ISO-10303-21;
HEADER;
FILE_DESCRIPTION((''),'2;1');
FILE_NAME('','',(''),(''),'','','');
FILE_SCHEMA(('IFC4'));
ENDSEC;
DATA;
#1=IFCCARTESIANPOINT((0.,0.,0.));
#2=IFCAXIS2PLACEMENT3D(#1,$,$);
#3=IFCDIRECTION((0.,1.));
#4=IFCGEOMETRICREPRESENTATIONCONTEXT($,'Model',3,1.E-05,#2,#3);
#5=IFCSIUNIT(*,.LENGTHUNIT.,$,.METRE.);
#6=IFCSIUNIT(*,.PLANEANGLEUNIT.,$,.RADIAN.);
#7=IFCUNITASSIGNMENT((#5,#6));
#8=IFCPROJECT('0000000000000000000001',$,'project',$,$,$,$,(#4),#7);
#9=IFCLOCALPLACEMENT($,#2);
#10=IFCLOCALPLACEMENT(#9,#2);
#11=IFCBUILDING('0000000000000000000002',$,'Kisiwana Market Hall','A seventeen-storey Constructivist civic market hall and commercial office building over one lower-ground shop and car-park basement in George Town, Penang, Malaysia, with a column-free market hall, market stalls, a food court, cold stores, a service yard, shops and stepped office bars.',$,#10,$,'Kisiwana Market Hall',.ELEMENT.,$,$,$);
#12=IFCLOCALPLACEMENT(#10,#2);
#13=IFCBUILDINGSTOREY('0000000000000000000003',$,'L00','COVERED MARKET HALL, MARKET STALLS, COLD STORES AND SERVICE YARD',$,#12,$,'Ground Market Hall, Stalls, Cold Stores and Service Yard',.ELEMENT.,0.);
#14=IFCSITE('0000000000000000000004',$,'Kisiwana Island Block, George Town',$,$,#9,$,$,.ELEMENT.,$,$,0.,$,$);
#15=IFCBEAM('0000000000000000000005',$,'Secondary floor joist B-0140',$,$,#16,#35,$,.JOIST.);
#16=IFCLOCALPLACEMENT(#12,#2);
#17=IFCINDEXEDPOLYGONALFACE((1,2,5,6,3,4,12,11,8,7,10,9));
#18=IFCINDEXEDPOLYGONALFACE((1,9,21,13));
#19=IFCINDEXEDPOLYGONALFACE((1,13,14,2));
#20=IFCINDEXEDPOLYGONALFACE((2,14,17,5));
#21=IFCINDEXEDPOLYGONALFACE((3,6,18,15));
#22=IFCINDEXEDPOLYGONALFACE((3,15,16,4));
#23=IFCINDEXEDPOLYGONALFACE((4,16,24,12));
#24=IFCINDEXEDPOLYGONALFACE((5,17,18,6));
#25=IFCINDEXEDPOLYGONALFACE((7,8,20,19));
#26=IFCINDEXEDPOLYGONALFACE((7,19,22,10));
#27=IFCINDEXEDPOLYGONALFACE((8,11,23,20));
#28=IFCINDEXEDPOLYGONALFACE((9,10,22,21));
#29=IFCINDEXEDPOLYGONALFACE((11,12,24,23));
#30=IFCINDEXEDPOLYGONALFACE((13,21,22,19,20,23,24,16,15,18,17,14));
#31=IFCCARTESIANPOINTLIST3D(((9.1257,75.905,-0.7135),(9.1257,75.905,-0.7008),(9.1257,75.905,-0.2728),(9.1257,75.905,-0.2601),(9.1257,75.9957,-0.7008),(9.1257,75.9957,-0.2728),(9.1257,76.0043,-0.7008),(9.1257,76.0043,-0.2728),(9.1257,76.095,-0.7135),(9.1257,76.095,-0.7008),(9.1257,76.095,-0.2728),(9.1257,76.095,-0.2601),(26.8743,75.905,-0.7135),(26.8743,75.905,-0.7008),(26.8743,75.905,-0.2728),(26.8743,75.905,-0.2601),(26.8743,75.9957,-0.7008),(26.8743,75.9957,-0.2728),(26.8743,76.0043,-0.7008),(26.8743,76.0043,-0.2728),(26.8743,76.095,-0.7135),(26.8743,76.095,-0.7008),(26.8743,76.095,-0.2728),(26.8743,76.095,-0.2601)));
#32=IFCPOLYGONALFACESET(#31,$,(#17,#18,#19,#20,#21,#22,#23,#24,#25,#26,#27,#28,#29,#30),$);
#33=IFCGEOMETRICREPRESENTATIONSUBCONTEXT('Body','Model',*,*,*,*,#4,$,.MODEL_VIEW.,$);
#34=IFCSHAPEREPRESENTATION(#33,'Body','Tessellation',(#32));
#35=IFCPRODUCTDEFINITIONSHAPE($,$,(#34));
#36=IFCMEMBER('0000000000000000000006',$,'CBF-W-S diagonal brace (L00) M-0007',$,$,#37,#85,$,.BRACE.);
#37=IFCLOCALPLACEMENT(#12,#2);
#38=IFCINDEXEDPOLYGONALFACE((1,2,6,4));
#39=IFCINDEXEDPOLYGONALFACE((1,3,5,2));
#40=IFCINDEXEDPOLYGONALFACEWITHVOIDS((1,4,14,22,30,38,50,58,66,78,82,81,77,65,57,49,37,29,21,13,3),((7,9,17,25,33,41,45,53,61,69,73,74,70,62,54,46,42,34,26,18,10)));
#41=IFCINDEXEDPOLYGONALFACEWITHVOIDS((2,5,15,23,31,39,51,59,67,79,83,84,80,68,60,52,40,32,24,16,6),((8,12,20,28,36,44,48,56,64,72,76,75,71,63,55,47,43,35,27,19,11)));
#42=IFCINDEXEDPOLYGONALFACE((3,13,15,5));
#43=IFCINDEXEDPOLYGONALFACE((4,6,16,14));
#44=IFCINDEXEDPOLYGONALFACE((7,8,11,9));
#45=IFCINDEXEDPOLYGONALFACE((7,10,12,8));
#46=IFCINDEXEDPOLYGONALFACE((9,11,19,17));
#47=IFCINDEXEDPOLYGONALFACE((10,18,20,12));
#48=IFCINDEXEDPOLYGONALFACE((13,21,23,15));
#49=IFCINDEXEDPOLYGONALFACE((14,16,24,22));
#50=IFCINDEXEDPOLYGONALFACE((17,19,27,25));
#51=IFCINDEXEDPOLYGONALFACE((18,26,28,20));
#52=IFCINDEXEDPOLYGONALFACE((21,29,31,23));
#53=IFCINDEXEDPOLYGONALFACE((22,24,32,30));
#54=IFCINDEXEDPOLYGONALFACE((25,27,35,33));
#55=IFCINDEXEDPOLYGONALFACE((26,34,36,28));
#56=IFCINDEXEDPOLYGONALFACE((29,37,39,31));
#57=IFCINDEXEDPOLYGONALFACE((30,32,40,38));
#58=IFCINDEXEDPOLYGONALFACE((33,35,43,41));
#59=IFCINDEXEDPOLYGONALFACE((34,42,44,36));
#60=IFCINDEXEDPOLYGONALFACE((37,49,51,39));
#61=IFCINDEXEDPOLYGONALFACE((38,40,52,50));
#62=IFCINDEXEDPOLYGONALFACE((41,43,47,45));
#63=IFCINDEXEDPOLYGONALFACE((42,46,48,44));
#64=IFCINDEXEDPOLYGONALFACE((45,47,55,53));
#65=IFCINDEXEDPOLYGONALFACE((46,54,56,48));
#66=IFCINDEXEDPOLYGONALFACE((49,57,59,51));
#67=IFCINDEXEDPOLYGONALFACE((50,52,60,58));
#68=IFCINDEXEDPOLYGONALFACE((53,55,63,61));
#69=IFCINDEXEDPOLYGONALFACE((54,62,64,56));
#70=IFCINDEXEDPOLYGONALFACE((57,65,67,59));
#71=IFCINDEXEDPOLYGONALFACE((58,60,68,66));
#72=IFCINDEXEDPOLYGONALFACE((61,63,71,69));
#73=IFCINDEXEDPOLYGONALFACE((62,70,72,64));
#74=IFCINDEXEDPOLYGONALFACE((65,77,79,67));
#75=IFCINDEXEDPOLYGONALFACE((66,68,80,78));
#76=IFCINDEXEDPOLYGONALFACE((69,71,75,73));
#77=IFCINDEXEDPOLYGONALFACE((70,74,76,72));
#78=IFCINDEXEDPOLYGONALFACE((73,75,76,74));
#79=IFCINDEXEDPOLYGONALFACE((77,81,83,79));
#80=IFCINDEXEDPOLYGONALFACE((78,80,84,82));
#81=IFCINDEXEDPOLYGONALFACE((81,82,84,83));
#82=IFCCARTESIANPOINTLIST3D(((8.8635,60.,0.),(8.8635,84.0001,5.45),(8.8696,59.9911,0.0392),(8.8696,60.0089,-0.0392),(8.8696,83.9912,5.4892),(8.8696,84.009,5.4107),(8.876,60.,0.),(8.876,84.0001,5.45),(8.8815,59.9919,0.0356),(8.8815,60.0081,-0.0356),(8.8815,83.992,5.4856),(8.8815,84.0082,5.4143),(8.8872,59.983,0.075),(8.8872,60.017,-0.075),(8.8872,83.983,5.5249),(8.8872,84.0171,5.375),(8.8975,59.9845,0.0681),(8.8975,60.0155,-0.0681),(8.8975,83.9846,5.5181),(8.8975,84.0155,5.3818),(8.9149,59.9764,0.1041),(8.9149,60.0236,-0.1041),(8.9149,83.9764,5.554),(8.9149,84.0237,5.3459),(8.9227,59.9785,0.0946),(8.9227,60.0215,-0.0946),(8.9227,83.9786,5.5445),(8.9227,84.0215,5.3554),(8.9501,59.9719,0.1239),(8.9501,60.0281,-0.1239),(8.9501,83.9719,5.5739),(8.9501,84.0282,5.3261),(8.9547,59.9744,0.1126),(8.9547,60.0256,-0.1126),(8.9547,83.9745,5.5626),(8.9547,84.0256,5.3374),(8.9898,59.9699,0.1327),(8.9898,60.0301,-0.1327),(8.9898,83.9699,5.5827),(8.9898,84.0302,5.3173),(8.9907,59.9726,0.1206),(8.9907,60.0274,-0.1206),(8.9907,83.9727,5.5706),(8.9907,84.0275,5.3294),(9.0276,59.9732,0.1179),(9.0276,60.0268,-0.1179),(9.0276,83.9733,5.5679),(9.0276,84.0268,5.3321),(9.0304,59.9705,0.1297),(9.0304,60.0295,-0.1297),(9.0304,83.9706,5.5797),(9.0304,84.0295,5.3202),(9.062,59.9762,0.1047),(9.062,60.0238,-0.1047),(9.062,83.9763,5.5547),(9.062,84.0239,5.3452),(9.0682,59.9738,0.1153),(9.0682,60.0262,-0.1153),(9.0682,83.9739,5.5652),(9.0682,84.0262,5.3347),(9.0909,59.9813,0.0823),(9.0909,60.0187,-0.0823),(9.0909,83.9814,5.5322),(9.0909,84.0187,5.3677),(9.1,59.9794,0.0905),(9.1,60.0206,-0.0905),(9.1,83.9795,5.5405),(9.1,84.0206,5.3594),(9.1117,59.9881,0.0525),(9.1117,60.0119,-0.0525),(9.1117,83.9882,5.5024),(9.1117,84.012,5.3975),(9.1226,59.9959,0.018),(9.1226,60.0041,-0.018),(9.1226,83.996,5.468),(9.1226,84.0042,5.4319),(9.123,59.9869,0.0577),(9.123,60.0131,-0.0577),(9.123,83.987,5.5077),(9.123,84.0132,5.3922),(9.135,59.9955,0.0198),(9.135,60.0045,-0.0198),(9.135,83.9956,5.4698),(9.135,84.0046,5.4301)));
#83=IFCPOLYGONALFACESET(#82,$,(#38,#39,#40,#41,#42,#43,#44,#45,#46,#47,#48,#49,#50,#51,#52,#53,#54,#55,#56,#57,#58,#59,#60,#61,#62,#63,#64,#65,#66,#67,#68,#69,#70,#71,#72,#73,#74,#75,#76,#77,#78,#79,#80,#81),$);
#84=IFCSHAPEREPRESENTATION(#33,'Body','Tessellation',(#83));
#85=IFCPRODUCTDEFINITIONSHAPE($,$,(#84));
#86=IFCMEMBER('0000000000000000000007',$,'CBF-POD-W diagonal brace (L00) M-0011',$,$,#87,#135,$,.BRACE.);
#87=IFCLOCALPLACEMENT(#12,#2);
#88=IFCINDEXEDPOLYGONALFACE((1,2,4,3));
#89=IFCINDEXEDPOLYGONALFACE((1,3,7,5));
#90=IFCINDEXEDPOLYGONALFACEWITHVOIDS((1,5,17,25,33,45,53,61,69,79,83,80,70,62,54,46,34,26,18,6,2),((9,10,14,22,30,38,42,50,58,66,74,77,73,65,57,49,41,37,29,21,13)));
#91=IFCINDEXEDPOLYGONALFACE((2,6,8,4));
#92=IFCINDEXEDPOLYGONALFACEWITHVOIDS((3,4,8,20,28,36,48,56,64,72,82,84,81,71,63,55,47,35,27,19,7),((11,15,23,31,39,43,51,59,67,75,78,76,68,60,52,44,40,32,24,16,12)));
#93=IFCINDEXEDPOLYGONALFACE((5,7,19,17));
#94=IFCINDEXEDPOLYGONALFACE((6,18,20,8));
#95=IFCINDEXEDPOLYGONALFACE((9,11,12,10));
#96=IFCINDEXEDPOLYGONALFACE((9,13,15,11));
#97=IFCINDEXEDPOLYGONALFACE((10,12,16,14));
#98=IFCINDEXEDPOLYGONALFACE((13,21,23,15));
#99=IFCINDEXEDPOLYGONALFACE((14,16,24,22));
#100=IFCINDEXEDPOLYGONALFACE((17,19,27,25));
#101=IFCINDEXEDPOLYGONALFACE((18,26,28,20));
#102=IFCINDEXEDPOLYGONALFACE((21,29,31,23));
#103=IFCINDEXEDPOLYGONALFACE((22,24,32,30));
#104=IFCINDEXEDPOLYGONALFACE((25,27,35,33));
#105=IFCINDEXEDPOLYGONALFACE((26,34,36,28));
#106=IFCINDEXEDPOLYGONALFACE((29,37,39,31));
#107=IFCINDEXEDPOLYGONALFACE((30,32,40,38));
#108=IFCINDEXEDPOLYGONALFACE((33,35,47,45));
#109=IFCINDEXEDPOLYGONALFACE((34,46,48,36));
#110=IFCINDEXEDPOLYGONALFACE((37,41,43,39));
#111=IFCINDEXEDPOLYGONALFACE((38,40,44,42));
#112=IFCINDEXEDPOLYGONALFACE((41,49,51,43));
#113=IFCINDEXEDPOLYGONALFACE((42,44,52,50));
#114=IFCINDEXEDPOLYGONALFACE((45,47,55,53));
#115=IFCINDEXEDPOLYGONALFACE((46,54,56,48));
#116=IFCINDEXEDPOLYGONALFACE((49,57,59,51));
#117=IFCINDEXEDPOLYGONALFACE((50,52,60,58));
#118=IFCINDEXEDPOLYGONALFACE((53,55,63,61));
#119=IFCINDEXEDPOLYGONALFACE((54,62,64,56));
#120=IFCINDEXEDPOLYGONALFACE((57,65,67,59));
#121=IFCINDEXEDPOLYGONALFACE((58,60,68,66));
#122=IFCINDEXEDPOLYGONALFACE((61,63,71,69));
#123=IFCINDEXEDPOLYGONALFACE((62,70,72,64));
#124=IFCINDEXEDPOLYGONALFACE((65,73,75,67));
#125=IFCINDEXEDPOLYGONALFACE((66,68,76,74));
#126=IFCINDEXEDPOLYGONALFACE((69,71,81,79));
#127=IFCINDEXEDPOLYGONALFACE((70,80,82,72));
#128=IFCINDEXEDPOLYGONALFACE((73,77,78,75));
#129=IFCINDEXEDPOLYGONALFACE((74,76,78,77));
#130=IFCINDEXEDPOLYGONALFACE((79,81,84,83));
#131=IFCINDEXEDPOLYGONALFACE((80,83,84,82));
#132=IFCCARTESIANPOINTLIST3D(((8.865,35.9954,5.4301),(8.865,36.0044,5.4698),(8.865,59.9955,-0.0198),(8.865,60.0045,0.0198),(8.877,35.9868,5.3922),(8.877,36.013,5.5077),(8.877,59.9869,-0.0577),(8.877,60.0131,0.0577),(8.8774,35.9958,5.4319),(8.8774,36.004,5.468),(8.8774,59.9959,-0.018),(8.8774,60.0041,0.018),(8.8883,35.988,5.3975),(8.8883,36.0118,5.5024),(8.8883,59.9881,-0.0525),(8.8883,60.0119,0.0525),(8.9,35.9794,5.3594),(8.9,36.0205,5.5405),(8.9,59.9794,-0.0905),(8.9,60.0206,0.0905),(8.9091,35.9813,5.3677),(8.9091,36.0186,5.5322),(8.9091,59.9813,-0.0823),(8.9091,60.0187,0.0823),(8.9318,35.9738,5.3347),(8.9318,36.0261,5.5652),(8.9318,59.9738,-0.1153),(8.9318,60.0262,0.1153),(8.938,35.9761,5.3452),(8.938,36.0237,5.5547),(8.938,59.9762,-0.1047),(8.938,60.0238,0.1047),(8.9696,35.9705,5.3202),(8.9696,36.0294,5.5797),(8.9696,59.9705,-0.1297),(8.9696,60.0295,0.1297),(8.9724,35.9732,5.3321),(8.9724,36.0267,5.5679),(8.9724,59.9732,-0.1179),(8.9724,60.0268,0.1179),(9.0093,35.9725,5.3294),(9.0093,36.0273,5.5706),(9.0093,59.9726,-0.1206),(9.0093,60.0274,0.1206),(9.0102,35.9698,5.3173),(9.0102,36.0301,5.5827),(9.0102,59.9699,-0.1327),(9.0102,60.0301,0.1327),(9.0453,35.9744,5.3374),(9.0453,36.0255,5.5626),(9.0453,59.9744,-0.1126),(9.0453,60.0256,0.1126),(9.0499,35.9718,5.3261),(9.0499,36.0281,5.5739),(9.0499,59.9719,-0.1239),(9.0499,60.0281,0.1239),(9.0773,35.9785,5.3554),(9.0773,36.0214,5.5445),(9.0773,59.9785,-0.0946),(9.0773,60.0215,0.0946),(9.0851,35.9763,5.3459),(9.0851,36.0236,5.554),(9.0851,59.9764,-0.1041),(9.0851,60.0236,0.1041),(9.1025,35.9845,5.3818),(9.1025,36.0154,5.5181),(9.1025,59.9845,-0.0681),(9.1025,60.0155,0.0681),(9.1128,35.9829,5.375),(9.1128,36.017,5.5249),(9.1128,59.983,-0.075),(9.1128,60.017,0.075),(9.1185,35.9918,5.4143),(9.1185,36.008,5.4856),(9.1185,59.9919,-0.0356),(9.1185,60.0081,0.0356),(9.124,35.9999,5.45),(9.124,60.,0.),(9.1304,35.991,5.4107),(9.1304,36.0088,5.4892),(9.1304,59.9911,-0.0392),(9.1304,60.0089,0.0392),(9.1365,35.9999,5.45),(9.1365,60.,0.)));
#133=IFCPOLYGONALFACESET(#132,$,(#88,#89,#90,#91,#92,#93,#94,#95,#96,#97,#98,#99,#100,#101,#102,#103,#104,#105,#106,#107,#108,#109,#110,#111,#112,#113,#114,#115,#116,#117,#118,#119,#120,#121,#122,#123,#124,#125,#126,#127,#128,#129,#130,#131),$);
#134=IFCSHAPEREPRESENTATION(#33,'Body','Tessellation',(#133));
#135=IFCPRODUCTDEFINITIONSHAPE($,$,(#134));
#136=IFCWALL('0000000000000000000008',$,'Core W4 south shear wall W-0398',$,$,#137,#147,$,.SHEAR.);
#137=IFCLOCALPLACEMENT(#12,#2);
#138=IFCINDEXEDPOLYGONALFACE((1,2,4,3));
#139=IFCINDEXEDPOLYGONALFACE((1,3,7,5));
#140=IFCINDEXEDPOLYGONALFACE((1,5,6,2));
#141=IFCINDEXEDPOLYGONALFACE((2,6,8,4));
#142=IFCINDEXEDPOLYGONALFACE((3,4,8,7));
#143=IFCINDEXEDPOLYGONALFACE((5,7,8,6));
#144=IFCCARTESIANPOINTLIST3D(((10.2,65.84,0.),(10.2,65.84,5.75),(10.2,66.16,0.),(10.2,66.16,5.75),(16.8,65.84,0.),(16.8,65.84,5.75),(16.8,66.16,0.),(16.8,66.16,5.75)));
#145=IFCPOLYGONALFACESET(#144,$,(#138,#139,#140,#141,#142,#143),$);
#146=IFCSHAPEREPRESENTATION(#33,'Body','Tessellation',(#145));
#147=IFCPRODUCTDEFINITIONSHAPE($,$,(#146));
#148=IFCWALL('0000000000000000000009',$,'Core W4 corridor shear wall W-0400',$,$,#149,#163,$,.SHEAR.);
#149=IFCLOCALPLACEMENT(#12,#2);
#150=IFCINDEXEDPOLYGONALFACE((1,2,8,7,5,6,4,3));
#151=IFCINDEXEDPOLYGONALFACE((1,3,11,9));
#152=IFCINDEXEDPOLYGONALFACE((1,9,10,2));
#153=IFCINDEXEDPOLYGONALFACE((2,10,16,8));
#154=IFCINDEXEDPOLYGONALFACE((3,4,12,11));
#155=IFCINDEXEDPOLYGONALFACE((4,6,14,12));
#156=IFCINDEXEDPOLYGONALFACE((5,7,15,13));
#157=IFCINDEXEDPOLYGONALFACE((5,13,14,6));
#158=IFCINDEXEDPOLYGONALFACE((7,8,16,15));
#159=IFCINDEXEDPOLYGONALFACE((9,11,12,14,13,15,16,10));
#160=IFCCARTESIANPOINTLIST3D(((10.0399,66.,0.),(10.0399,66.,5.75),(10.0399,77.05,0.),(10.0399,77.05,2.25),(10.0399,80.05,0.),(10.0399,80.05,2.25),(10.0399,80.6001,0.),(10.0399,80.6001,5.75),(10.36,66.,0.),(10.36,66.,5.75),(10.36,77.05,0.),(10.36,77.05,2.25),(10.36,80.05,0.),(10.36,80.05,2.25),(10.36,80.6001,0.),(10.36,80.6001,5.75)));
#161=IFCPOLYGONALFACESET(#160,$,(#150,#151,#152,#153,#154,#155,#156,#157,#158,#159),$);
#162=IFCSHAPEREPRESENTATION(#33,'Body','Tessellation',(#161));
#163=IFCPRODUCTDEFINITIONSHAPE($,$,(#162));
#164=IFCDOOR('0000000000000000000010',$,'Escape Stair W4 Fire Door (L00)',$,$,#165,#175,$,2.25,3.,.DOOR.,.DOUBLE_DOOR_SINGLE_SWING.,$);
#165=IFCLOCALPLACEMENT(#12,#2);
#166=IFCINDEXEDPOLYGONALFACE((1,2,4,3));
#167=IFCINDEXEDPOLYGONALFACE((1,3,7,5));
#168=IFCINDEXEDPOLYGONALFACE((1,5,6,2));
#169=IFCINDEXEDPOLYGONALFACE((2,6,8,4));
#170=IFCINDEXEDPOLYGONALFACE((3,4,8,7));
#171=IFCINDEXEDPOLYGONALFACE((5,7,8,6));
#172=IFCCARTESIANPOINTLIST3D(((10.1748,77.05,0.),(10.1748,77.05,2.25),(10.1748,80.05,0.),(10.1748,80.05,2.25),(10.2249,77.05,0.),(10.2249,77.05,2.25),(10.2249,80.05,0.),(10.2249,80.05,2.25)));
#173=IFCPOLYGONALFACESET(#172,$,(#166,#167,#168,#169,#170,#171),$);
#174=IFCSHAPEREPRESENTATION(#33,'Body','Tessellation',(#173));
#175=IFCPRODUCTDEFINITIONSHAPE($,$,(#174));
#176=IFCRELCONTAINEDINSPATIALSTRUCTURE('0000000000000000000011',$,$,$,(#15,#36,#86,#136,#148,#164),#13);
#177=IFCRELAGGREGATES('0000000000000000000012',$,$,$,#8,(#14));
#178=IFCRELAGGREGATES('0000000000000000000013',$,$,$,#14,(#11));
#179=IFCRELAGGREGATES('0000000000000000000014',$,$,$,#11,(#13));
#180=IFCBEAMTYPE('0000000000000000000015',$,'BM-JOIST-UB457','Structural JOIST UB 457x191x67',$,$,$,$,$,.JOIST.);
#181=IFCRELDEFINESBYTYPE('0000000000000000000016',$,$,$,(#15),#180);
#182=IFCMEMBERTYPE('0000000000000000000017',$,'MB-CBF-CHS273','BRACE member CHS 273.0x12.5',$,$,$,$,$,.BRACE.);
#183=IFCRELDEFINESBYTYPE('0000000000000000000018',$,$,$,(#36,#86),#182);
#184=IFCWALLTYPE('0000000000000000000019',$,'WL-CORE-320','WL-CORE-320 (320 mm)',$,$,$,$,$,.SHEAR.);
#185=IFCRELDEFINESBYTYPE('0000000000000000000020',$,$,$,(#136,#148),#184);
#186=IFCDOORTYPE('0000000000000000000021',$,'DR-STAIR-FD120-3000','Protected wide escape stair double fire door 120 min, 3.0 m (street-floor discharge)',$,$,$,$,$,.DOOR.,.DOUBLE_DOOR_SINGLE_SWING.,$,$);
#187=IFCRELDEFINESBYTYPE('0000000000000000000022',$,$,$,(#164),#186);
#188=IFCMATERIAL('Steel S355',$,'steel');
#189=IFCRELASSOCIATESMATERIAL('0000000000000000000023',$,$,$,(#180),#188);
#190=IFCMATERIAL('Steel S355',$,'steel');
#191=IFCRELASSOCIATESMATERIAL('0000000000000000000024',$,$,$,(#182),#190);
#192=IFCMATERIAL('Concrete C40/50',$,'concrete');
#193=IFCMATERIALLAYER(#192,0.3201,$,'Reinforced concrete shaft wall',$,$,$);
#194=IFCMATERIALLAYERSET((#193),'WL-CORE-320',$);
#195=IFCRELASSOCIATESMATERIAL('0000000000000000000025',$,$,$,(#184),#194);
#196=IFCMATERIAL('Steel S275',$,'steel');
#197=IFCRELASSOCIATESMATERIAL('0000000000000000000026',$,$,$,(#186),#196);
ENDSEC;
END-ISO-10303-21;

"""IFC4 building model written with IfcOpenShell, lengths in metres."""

from ifc_helpers import new_model, si_unit, direction, frame, frame_2d, origin, origin_2d, place, context, subcontext, project, spatial, rectangle, hollow_circle, i_section, extrude, material, layer, layer_set, material_profile, profile_set, type_object, element, fill, save


model = new_model("IFC4")

# Units and contexts
model_context = context("Model", 3, precision=1e-05, world=origin(), true_north=direction((0.0, 1.0)))
body_context = subcontext(model_context, "Body", "Model", "MODEL_VIEW")
ifc_project = project(units=[si_unit("LENGTHUNIT", "METRE"), si_unit("PLANEANGLEUNIT", "RADIAN")], contexts=[model_context])

# Site, building, storey
site_placement = place(None, origin())
site = spatial("IfcSite", under=ifc_project, at=site_placement, Name="Kisiwana Island Block, George Town", CompositionType="ELEMENT", RefElevation=0.0)
building_placement = place(site_placement, origin())
building = spatial("IfcBuilding", under=site, at=building_placement, Name="Kisiwana Market Hall", Description="A seventeen-storey Constructivist civic market hall and commercial office building over one lower-ground shop and car-park basement in George Town, Penang, Malaysia, with a column-free market hall, market stalls, a food court, cold stores, a service yard, shops and stepped office bars.", LongName="Kisiwana Market Hall", CompositionType="ELEMENT")
storey_placement = place(building_placement, origin())
storey = spatial("IfcBuildingStorey", under=building, at=storey_placement, Name="L00", Description="COVERED MARKET HALL, MARKET STALLS, COLD STORES AND SERVICE YARD", LongName="Ground Market Hall, Stalls, Cold Stores and Service Yard", CompositionType="ELEMENT", Elevation=0.0)

# Beam
ifc_material_1 = material(Name="Steel S355", Category="steel")
ifc_material_profile_1 = material_profile(ifc_material_1, i_section(OverallWidth=0.1899, OverallDepth=0.4534, WebThickness=0.0085, FlangeThickness=0.0127, at=origin_2d()), Name="UB 457x191x67")
ifc_profile_set_1 = profile_set([ifc_material_profile_1], Name="Steel S355")
beam_type_1 = type_object("IfcBeamType", Name="BM-JOIST-UB457", Description="Structural JOIST UB 457x191x67", PredefinedType="JOIST", material=ifc_profile_set_1)
for number, where, z_axis, x_axis, name in (
    (1, (9.1257, 76.0, -0.4868), (1.0, 0.0, 0.0), (0.0, 1.0, 0.0), "Secondary floor joist B-0140"),
):
    element("IfcBeam", number, at=place(storey_placement, frame(where, z_axis=z_axis, x_axis=x_axis)), inside=storey, type_object=beam_type_1, Name=name, PredefinedType="JOIST", context=body_context, shape_type="SweptSolid", body=[
        extrude(i_section(OverallWidth=0.1899, OverallDepth=0.4534, WebThickness=0.0085, FlangeThickness=0.0127, at=origin_2d()), origin(), (0.0, 0.0, 1.0), 17.7485),
    ])

# Members
ifc_material_2 = material(Name="Steel S355", Category="steel")
ifc_material_profile_2 = material_profile(ifc_material_2, hollow_circle(Radius=0.1365, WallThickness=0.0125, at=origin_2d()), Name="CHS 273.0x12.5")
ifc_profile_set_2 = profile_set([ifc_material_profile_2], Name="Steel S355")
member_type = type_object("IfcMemberType", Name="MB-CBF-CHS273", Description="BRACE member CHS 273.0x12.5", PredefinedType="BRACE", material=ifc_profile_set_2)
for number, where, z_axis, x_axis, name in (
    (2, (9.0, 60.0, 0.0), (0.0, 0.975173, 0.221444), (-1.0, 0.0, 0.0), "CBF-W-S diagonal brace (L00) M-0007"),
    (3, (9.0, 60.0, 0.0), (0.0, -0.975173, 0.221444), (1.0, 0.0, 0.0), "CBF-POD-W diagonal brace (L00) M-0011"),
):
    element("IfcMember", number, at=place(storey_placement, frame(where, z_axis=z_axis, x_axis=x_axis)), inside=storey, type_object=member_type, Name=name, PredefinedType="BRACE", context=body_context, shape_type="SweptSolid", body=[
        extrude(hollow_circle(Radius=0.1365, WallThickness=0.0125, at=origin_2d()), origin(), (0.0, 0.0, 1.0), 24.6111),
    ])

# Wall
ifc_material_3 = material(Name="Concrete C40/50", Category="concrete")
ifc_layer_1 = layer(ifc_material_3, 0.3201, Name="Reinforced concrete shaft wall")
ifc_layer_set_1 = layer_set([ifc_layer_1], Name="WL-CORE-320")
wall_type_1 = type_object("IfcWallType", Name="WL-CORE-320", Description="WL-CORE-320 (320 mm)", PredefinedType="SHEAR", material=ifc_layer_set_1)
wall_1_placement = place(storey_placement, frame((10.2, 66.0, 0.0), z_axis=(0.0, 0.0, 1.0), x_axis=(1.0, 0.0, 0.0)))
element("IfcWall", 4, at=wall_1_placement, inside=storey, type_object=wall_type_1, Name="Core W4 south shear wall W-0398", PredefinedType="SHEAR", context=body_context, shape_type="SweptSolid", body=[
    extrude(rectangle(XDim=6.6001, YDim=0.3201, at=frame_2d((3.3, 0.0))), origin(), (0.0, 0.0, 1.0), 5.75),
])

# Wall, opening, door
wall_2_placement = place(storey_placement, frame((10.2, 66.0, 0.0), z_axis=(0.0, 0.0, 1.0), x_axis=(0.0, 1.0, 0.0)))
wall_2 = element("IfcWall", 5, at=wall_2_placement, inside=storey, type_object=wall_type_1, Name="Core W4 corridor shear wall W-0400", PredefinedType="SHEAR", context=body_context, shape_type="SweptSolid", body=[
    extrude(rectangle(XDim=14.6001, YDim=0.3201, at=frame_2d((7.3, 0.0))), origin(), (0.0, 0.0, 1.0), 5.75),
])
opening_1_placement = place(wall_2_placement, frame((11.05, 0.0, 0.0)))
opening_1 = element("IfcOpeningElement", 6, at=opening_1_placement, cuts=wall_2, PredefinedType="OPENING", context=body_context, shape_type="SweptSolid", body=[
    extrude(rectangle(XDim=3.0, YDim=2.25, at=frame_2d((1.5, 1.125))), frame((0.0, 0.1719, 0.0), z_axis=(0.0, -1.0, 0.0), x_axis=(1.0, 0.0, 0.0)), (0.0, 0.0, 1.0), 0.344),
])
ifc_material_4 = material(Name="Steel S275", Category="steel")
door_type_1 = type_object("IfcDoorType", Name="DR-STAIR-FD120-3000", Description="Protected wide escape stair double fire door 120 min, 3.0 m (street-floor discharge)", OperationType="DOUBLE_DOOR_SINGLE_SWING", PredefinedType="DOOR", material=ifc_material_4)
door_1_placement = place(opening_1_placement, frame((3.0, 0.0, 0.0), z_axis=(0.0, 0.0, 1.0), x_axis=(-1.0, 0.0, 0.0)))
door_1 = element("IfcDoor", 7, at=door_1_placement, inside=storey, type_object=door_type_1, Name="Escape Stair W4 Fire Door (L00)", OperationType="DOUBLE_DOOR_SINGLE_SWING", OverallHeight=2.25, OverallWidth=3.0, PredefinedType="DOOR", context=body_context, shape_type="SweptSolid", body=[
    extrude(rectangle(XDim=3.0, YDim=2.25, at=frame_2d((1.5, 1.125))), frame((0.0, 0.0249, 0.0), z_axis=(0.0, -1.0, 0.0), x_axis=(1.0, 0.0, 0.0)), (0.0, 0.0, 1.0), 0.05),
])
fill(opening_1, door_1)

save(model, "model.ifc")
